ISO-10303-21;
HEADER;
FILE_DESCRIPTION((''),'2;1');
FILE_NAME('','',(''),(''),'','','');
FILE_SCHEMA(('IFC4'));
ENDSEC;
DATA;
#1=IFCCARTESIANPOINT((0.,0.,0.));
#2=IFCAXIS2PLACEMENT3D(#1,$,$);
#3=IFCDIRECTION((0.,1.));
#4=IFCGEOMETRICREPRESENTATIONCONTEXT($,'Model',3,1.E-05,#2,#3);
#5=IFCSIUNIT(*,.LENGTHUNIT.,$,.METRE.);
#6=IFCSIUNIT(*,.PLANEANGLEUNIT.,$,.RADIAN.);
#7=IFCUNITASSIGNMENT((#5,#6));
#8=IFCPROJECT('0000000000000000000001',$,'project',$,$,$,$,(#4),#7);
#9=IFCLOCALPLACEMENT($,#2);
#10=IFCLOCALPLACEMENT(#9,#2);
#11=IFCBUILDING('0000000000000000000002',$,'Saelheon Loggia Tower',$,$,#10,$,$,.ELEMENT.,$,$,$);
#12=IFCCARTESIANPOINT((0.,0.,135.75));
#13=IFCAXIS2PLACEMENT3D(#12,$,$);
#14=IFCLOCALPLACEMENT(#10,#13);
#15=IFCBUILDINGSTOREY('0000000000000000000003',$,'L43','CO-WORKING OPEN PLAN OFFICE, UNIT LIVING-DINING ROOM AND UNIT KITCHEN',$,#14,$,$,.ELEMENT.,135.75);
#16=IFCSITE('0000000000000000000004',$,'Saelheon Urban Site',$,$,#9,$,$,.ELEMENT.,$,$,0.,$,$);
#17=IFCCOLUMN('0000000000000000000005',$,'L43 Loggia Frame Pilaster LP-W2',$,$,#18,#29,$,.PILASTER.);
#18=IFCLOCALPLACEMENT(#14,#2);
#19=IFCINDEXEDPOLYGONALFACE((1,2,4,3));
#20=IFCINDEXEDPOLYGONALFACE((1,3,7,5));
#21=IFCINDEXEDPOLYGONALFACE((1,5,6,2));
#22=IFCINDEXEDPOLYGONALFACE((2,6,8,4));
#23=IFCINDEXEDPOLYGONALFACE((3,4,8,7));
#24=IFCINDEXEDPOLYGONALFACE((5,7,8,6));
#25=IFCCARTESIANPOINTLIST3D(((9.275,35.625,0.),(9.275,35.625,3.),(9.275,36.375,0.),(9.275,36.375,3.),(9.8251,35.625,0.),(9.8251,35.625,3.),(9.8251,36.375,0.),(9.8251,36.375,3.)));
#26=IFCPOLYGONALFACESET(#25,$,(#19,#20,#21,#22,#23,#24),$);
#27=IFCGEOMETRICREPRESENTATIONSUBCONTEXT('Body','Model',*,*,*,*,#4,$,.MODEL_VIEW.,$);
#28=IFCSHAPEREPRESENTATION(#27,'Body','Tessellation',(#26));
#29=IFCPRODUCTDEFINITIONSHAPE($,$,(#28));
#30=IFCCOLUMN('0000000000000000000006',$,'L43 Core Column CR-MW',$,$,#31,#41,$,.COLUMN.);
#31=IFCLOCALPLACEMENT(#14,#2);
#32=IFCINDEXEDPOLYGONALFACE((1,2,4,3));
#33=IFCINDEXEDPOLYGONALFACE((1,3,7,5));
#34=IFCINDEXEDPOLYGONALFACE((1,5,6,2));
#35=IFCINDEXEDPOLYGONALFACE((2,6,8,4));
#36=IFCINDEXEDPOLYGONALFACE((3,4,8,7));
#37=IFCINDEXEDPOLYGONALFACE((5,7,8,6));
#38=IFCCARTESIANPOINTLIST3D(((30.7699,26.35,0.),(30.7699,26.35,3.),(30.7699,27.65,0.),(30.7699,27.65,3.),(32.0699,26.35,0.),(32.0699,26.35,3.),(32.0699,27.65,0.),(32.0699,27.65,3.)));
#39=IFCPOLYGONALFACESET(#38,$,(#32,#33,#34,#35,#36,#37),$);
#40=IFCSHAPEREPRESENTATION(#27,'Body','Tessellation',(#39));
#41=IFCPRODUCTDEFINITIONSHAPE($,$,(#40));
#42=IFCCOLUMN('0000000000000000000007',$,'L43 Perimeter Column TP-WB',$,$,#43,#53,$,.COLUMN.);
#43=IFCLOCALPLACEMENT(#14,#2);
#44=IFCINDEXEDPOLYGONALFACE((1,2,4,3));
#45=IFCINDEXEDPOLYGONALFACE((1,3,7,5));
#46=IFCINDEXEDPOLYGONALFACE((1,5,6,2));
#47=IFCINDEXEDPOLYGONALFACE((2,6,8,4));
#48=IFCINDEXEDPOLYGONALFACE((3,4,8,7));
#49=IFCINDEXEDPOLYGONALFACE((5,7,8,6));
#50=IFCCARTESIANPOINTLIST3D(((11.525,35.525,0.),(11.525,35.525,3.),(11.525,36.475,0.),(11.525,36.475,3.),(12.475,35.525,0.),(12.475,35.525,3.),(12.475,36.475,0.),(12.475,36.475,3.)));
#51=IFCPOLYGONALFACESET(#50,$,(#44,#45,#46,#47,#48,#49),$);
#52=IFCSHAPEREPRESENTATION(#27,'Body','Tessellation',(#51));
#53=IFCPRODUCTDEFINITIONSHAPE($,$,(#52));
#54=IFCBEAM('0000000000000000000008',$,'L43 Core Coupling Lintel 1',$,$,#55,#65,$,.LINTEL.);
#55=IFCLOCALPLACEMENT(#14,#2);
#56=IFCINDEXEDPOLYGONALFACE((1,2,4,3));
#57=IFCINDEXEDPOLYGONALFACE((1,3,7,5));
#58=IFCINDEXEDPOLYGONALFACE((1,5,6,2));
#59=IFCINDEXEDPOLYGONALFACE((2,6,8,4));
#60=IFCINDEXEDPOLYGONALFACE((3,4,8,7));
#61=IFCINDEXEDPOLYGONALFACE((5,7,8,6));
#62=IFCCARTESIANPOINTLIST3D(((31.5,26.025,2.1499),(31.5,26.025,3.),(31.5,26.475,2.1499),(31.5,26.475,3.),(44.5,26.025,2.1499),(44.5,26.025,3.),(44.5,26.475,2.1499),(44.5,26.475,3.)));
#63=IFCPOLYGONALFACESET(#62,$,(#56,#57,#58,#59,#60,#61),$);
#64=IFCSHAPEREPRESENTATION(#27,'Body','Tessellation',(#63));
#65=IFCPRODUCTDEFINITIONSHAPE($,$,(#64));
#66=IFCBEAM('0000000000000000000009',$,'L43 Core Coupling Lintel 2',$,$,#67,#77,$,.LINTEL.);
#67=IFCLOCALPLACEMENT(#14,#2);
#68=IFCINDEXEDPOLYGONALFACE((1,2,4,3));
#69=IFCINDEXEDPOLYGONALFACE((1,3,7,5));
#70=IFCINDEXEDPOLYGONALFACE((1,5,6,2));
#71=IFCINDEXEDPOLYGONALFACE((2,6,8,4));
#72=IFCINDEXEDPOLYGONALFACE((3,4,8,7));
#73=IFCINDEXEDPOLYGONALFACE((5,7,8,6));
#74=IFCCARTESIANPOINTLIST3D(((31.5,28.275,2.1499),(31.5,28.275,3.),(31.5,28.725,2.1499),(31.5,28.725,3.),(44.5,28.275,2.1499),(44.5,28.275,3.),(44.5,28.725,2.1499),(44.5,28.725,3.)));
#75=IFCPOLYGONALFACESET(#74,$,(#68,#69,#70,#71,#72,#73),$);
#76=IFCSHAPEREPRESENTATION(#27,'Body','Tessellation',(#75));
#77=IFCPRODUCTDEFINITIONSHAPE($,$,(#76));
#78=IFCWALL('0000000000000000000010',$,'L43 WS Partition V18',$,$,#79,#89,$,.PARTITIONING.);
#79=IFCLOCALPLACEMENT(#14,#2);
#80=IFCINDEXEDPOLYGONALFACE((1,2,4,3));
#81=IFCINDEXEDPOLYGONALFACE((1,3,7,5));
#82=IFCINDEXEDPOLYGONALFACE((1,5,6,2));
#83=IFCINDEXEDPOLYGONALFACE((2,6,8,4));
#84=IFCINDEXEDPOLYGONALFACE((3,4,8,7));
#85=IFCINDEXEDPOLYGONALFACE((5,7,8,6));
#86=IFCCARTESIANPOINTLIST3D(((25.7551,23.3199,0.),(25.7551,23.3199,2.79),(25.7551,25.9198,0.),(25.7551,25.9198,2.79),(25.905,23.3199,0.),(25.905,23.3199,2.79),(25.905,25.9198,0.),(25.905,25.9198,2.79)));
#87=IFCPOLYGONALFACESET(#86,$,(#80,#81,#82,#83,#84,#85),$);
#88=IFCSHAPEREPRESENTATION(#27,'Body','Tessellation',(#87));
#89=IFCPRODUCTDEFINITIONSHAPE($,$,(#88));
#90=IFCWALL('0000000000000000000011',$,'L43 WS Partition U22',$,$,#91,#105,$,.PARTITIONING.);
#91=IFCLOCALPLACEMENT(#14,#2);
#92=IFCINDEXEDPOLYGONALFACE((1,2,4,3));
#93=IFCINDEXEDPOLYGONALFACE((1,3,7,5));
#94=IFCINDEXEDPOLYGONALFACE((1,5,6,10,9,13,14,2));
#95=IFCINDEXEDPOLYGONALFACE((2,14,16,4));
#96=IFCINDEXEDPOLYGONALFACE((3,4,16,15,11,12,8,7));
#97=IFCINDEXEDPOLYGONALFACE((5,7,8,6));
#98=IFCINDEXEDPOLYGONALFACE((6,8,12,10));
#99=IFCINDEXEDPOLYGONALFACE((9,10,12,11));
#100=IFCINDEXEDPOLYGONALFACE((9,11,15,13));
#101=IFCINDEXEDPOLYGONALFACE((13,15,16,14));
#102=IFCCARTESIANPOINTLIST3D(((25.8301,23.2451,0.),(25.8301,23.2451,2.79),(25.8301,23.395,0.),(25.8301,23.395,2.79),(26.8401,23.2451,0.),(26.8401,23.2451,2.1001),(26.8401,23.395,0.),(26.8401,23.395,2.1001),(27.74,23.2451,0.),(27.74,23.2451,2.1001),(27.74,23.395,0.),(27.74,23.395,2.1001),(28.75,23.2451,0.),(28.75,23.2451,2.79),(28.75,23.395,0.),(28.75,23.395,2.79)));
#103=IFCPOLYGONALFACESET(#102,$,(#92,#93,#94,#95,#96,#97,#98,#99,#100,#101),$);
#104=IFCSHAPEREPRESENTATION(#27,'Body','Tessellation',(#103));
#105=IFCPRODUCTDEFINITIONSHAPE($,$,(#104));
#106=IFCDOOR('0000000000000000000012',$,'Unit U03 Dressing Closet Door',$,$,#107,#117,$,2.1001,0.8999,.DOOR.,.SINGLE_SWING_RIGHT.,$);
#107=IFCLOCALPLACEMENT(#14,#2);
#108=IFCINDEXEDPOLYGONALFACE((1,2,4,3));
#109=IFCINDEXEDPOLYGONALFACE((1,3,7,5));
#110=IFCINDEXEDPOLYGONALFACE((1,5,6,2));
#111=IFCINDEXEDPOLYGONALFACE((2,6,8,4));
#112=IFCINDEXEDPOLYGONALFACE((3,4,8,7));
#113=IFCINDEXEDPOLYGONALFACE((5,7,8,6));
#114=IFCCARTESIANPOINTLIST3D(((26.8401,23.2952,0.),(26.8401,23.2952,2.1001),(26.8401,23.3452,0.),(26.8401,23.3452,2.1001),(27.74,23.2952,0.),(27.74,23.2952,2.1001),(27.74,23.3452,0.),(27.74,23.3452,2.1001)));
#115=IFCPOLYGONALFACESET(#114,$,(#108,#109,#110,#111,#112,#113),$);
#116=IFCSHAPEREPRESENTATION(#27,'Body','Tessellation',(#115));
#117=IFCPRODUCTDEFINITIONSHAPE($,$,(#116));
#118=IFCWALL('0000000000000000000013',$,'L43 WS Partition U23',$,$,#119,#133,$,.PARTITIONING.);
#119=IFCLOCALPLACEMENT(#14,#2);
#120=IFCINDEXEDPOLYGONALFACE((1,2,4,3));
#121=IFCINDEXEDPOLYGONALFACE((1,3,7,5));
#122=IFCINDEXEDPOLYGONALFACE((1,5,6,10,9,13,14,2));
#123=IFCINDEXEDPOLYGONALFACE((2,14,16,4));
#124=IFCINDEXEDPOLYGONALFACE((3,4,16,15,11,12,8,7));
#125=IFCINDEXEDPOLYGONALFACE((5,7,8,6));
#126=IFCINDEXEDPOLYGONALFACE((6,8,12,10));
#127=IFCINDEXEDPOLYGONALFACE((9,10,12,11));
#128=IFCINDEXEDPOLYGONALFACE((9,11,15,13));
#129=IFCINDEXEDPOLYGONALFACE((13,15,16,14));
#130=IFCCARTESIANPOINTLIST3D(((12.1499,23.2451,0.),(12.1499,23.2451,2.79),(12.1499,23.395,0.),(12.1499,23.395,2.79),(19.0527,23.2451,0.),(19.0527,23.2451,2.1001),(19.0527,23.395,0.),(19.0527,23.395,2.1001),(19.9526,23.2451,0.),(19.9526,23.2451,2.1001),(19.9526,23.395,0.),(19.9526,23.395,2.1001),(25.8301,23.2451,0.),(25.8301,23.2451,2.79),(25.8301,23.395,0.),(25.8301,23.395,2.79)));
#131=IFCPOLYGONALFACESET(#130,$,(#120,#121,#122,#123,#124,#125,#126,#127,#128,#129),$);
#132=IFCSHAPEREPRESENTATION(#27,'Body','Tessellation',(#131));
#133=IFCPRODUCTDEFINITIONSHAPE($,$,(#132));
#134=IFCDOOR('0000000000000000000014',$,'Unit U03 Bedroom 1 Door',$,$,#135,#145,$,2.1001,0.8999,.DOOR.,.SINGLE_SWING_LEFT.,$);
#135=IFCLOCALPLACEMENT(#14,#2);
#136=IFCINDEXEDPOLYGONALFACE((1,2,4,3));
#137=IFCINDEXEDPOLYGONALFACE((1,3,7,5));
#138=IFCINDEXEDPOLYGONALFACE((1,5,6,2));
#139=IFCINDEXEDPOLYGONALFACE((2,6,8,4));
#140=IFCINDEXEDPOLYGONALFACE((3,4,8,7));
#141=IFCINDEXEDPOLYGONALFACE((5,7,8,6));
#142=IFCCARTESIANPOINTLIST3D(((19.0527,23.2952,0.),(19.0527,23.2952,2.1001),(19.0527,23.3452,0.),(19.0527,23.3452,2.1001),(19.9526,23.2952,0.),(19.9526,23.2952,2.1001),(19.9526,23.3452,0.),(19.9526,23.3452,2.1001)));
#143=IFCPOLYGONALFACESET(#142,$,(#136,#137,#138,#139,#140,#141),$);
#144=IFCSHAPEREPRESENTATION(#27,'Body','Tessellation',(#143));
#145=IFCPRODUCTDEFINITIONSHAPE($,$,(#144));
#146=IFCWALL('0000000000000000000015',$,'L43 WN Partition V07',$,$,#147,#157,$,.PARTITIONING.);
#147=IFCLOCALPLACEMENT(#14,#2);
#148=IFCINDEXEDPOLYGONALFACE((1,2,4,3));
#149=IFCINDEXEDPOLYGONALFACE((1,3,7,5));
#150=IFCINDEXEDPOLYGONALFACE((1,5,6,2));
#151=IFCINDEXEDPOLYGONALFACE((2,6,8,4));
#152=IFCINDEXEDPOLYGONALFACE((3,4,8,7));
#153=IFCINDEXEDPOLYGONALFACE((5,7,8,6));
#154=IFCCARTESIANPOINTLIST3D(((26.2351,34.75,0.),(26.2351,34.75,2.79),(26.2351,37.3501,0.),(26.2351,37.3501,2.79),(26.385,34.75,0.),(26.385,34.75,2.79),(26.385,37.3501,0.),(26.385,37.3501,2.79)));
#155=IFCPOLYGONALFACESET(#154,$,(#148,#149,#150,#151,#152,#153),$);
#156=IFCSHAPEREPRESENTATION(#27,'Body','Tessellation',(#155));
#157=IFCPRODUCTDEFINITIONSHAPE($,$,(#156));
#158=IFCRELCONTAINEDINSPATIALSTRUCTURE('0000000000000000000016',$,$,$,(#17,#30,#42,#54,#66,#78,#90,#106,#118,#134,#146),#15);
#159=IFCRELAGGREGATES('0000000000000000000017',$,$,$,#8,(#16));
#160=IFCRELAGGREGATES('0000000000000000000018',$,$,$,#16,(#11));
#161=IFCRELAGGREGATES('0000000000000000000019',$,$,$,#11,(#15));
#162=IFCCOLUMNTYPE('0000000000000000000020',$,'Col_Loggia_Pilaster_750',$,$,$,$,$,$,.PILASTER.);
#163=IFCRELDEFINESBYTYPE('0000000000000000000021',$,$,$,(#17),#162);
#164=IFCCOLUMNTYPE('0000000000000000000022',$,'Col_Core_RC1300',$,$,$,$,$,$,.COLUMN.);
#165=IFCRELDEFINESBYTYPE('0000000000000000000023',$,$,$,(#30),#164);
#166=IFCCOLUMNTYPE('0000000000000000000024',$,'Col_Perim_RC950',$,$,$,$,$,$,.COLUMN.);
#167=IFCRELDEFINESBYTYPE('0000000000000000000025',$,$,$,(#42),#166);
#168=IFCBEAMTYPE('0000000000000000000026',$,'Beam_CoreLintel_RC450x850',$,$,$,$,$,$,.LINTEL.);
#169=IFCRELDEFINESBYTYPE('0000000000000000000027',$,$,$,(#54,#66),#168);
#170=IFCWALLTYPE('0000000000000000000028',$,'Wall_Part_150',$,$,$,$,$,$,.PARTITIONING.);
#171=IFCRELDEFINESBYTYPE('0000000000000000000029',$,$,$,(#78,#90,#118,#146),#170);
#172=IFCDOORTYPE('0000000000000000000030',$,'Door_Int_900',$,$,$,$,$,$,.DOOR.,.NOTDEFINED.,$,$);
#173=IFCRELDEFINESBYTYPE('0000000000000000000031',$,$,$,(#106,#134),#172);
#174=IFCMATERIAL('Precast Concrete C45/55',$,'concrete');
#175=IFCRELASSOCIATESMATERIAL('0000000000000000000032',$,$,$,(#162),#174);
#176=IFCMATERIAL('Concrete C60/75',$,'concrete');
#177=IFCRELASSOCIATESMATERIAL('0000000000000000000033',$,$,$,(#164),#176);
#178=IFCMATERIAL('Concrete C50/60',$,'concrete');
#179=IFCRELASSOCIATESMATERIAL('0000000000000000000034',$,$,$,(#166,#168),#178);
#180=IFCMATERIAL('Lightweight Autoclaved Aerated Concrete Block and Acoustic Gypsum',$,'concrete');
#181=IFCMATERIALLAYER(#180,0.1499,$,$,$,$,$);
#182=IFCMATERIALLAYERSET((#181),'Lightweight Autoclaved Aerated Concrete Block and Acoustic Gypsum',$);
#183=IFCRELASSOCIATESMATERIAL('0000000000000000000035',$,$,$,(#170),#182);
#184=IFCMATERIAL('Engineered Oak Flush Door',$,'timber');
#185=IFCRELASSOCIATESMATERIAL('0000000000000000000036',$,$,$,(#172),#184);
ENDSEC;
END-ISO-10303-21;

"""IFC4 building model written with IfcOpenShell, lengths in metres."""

from ifc_helpers import new_model, si_unit, direction, frame, frame_2d, origin, origin_2d, place, context, subcontext, project, spatial, rectangle, extrude, source, transform, mapped, material, layer, layer_set, material_profile, profile_set, type_object, element, fill, save


model = new_model("IFC4")

# Units and contexts
model_context = context("Model", 3, precision=1e-05, world=origin(), true_north=direction((0.0, 1.0)))
body_context = subcontext(model_context, "Body", "Model", "MODEL_VIEW")
ifc_project = project(units=[si_unit("LENGTHUNIT", "METRE"), si_unit("PLANEANGLEUNIT", "RADIAN")], contexts=[model_context])

# Site, building, storey
site_placement = place(None, origin())
site = spatial("IfcSite", under=ifc_project, at=site_placement, Name="Saelheon Urban Site", CompositionType="ELEMENT", RefElevation=0.0)
building_placement = place(site_placement, origin())
building = spatial("IfcBuilding", under=site, at=building_placement, Name="Saelheon Loggia Tower", CompositionType="ELEMENT")
storey_placement = place(building_placement, frame((0.0, 0.0, 135.75)))
storey = spatial("IfcBuildingStorey", under=building, at=storey_placement, Name="L43", Description="CO-WORKING OPEN PLAN OFFICE, UNIT LIVING-DINING ROOM AND UNIT KITCHEN", CompositionType="ELEMENT", Elevation=135.75)

# Columns
ifc_material_1 = material(Name="Precast Concrete C45/55", Category="concrete")
ifc_material_profile_1 = material_profile(ifc_material_1, rectangle(XDim=0.55, YDim=0.75, at=origin_2d()), Name="RC-550x750")
ifc_profile_set_1 = profile_set([ifc_material_profile_1], Name="Precast Concrete C45/55")
column_type_1 = type_object("IfcColumnType", Name="Col_Loggia_Pilaster_750", PredefinedType="PILASTER", material=ifc_profile_set_1)
shared_shape_1 = source(origin(), body_context, "Body", "SweptSolid", [
    extrude(rectangle(XDim=0.55, YDim=0.75, at=origin_2d()), origin(), (0.0, 0.0, 1.0), 3.0),
])
column_1_placement = place(storey_placement, frame((9.55, 36.0, 0.0), z_axis=(0.0, 0.0, 1.0), x_axis=(1.0, 0.0, 0.0)))
element("IfcColumn", 1, at=column_1_placement, inside=storey, type_object=column_type_1, Name="L43 Loggia Frame Pilaster LP-W2", PredefinedType="PILASTER", context=body_context, shape_type="MappedRepresentation", body=[
    mapped(shared_shape_1, transform((0.0, 0.0, 0.0), scale=1.0)),
])
ifc_material_2 = material(Name="Concrete C60/75", Category="concrete")
ifc_material_profile_2 = material_profile(ifc_material_2, rectangle(XDim=1.3, YDim=1.3, at=origin_2d()), Name="RC-1300x1300")
ifc_profile_set_2 = profile_set([ifc_material_profile_2], Name="Concrete C60/75")
column_type_2 = type_object("IfcColumnType", Name="Col_Core_RC1300", PredefinedType="COLUMN", material=ifc_profile_set_2)
shared_shape_2 = source(origin(), body_context, "Body", "SweptSolid", [
    extrude(rectangle(XDim=1.3, YDim=1.3, at=origin_2d()), origin(), (0.0, 0.0, 1.0), 3.0),
])
column_2_placement = place(storey_placement, frame((31.4199, 27.0, 0.0), z_axis=(0.0, 0.0, 1.0), x_axis=(1.0, 0.0, 0.0)))
element("IfcColumn", 2, at=column_2_placement, inside=storey, type_object=column_type_2, Name="L43 Core Column CR-MW", PredefinedType="COLUMN", context=body_context, shape_type="MappedRepresentation", body=[
    mapped(shared_shape_2, transform((0.0, 0.0, 0.0), scale=1.0)),
])
ifc_material_3 = material(Name="Concrete C50/60", Category="concrete")
ifc_material_profile_3 = material_profile(ifc_material_3, rectangle(XDim=0.95, YDim=0.95, at=origin_2d()), Name="RC-950x950")
ifc_profile_set_3 = profile_set([ifc_material_profile_3], Name="Concrete C50/60")
column_type_3 = type_object("IfcColumnType", Name="Col_Perim_RC950", PredefinedType="COLUMN", material=ifc_profile_set_3)
shared_shape_3 = source(origin(), body_context, "Body", "SweptSolid", [
    extrude(rectangle(XDim=0.95, YDim=0.95, at=origin_2d()), origin(), (0.0, 0.0, 1.0), 3.0),
])
column_3_placement = place(storey_placement, frame((12.0, 36.0, 0.0), z_axis=(0.0, 0.0, 1.0), x_axis=(1.0, 0.0, 0.0)))
element("IfcColumn", 3, at=column_3_placement, inside=storey, type_object=column_type_3, Name="L43 Perimeter Column TP-WB", PredefinedType="COLUMN", context=body_context, shape_type="MappedRepresentation", body=[
    mapped(shared_shape_3, transform((0.0, 0.0, 0.0), scale=1.0)),
])

# Beams
ifc_material_profile_4 = material_profile(ifc_material_3, rectangle(XDim=0.45, YDim=0.8501, at=origin_2d()), Name="RC-450x850")
ifc_profile_set_4 = profile_set([ifc_material_profile_4], Name="Concrete C50/60")
beam_type = type_object("IfcBeamType", Name="Beam_CoreLintel_RC450x850", PredefinedType="LINTEL", material=ifc_profile_set_4)
shared_shape_4 = source(origin(), body_context, "Body", "SweptSolid", [
    extrude(rectangle(XDim=0.45, YDim=0.8501, at=origin_2d()), origin(), (0.0, 0.0, 1.0), 13.0),
])
for number, where, z_axis, x_axis, name in (
    (4, (31.5, 26.25, 2.575), (1.0, 0.0, 0.0), (0.0, 1.0, 0.0), "L43 Core Coupling Lintel 1"),
    (5, (31.5, 28.5, 2.575), (1.0, 0.0, 0.0), (0.0, 1.0, 0.0), "L43 Core Coupling Lintel 2"),
):
    element("IfcBeam", number, at=place(storey_placement, frame(where, z_axis=z_axis, x_axis=x_axis)), inside=storey, type_object=beam_type, Name=name, PredefinedType="LINTEL", context=body_context, shape_type="MappedRepresentation", body=[
        mapped(shared_shape_4, transform((0.0, 0.0, 0.0), scale=1.0)),
    ])

# Wall
ifc_material_4 = material(Name="Lightweight Autoclaved Aerated Concrete Block and Acoustic Gypsum", Category="concrete")
ifc_layer_1 = layer(ifc_material_4, 0.1499)
ifc_layer_set_1 = layer_set([ifc_layer_1], Name="Lightweight Autoclaved Aerated Concrete Block and Acoustic Gypsum")
wall_type_1 = type_object("IfcWallType", Name="Wall_Part_150", PredefinedType="PARTITIONING", material=ifc_layer_set_1)
wall_1_placement = place(storey_placement, frame((25.8301, 23.3201, 0.0), z_axis=(0.0, 0.0, 1.0), x_axis=(0.0, 1.0, 0.0)))
element("IfcWall", 6, at=wall_1_placement, inside=storey, type_object=wall_type_1, Name="L43 WS Partition V18", PredefinedType="PARTITIONING", context=body_context, shape_type="SweptSolid", body=[
    extrude(rectangle(XDim=2.5999, YDim=0.1499, at=frame_2d((1.2998, 0.0))), origin(), (0.0, 0.0, 1.0), 2.79),
])

# Walls, openings, doors
wall_2_placement = place(storey_placement, frame((28.75, 23.3201, 0.0), z_axis=(0.0, 0.0, 1.0), x_axis=(-1.0, 0.0, 0.0)))
wall_2 = element("IfcWall", 7, at=wall_2_placement, inside=storey, type_object=wall_type_1, Name="L43 WS Partition U22", PredefinedType="PARTITIONING", context=body_context, shape_type="SweptSolid", body=[
    extrude(rectangle(XDim=2.9199, YDim=0.1499, at=frame_2d((1.46, 0.0))), origin(), (0.0, 0.0, 1.0), 2.79),
])
opening_1_placement = place(wall_2_placement, frame((1.01, 0.0, 0.0)))
opening_1 = element("IfcOpeningElement", 8, at=opening_1_placement, cuts=wall_2, PredefinedType="OPENING", context=body_context, shape_type="SweptSolid", body=[
    extrude(rectangle(XDim=0.8999, YDim=2.1001, at=frame_2d((0.45, 1.05))), frame((0.0, 0.0869, 0.0), z_axis=(0.0, -1.0, 0.0), x_axis=(1.0, 0.0, 0.0)), (0.0, 0.0, 1.0), 0.1738),
])
ifc_material_5 = material(Name="Engineered Oak Flush Door", Category="timber")
door_type_1 = type_object("IfcDoorType", Name="Door_Int_900", OperationType="NOTDEFINED", PredefinedType="DOOR", material=ifc_material_5)
shared_shape_5 = source(origin(), body_context, "Body", "SweptSolid", [
    extrude(rectangle(XDim=0.8999, YDim=2.1001, at=frame_2d((0.45, 1.05))), frame((0.0, 0.0249, 0.0), z_axis=(0.0, -1.0, 0.0), x_axis=(1.0, 0.0, 0.0)), (0.0, 0.0, 1.0), 0.05),
])
door_1_placement = place(opening_1_placement, origin())
door_1 = element("IfcDoor", 9, at=door_1_placement, inside=storey, type_object=door_type_1, Name="Unit U03 Dressing Closet Door", OperationType="SINGLE_SWING_RIGHT", OverallHeight=2.1001, OverallWidth=0.8999, PredefinedType="DOOR", context=body_context, shape_type="MappedRepresentation", body=[
    mapped(shared_shape_5, transform((0.0, 0.0, 0.0), scale=1.0)),
])
fill(opening_1, door_1)
wall_3_placement = place(storey_placement, frame((25.8301, 23.3201, 0.0), z_axis=(0.0, 0.0, 1.0), x_axis=(-1.0, 0.0, 0.0)))
wall_3 = element("IfcWall", 10, at=wall_3_placement, inside=storey, type_object=wall_type_1, Name="L43 WS Partition U23", PredefinedType="PARTITIONING", context=body_context, shape_type="SweptSolid", body=[
    extrude(rectangle(XDim=13.6802, YDim=0.1499, at=frame_2d((6.8401, 0.0))), origin(), (0.0, 0.0, 1.0), 2.79),
])
opening_2_placement = place(wall_3_placement, frame((5.8774, 0.0, 0.0)))
opening_2 = element("IfcOpeningElement", 11, at=opening_2_placement, cuts=wall_3, PredefinedType="OPENING", context=body_context, shape_type="SweptSolid", body=[
    extrude(rectangle(XDim=0.8999, YDim=2.1001, at=frame_2d((0.45, 1.05))), frame((0.0, 0.0869, 0.0), z_axis=(0.0, -1.0, 0.0), x_axis=(1.0, 0.0, 0.0)), (0.0, 0.0, 1.0), 0.1738),
])
door_2_placement = place(opening_2_placement, origin())
door_2 = element("IfcDoor", 12, at=door_2_placement, inside=storey, type_object=door_type_1, Name="Unit U03 Bedroom 1 Door", OperationType="SINGLE_SWING_LEFT", OverallHeight=2.1001, OverallWidth=0.8999, PredefinedType="DOOR", context=body_context, shape_type="MappedRepresentation", body=[
    mapped(shared_shape_5, transform((0.0, 0.0, 0.0), scale=1.0)),
])
fill(opening_2, door_2)

# Wall
wall_4_placement = place(storey_placement, frame((26.3101, 34.75, 0.0), z_axis=(0.0, 0.0, 1.0), x_axis=(0.0, 1.0, 0.0)))
element("IfcWall", 13, at=wall_4_placement, inside=storey, type_object=wall_type_1, Name="L43 WN Partition V07", PredefinedType="PARTITIONING", context=body_context, shape_type="SweptSolid", body=[
    extrude(rectangle(XDim=2.6001, YDim=0.1499, at=frame_2d((1.3, 0.0))), origin(), (0.0, 0.0, 1.0), 2.79),
])

save(model, "model.ifc")
